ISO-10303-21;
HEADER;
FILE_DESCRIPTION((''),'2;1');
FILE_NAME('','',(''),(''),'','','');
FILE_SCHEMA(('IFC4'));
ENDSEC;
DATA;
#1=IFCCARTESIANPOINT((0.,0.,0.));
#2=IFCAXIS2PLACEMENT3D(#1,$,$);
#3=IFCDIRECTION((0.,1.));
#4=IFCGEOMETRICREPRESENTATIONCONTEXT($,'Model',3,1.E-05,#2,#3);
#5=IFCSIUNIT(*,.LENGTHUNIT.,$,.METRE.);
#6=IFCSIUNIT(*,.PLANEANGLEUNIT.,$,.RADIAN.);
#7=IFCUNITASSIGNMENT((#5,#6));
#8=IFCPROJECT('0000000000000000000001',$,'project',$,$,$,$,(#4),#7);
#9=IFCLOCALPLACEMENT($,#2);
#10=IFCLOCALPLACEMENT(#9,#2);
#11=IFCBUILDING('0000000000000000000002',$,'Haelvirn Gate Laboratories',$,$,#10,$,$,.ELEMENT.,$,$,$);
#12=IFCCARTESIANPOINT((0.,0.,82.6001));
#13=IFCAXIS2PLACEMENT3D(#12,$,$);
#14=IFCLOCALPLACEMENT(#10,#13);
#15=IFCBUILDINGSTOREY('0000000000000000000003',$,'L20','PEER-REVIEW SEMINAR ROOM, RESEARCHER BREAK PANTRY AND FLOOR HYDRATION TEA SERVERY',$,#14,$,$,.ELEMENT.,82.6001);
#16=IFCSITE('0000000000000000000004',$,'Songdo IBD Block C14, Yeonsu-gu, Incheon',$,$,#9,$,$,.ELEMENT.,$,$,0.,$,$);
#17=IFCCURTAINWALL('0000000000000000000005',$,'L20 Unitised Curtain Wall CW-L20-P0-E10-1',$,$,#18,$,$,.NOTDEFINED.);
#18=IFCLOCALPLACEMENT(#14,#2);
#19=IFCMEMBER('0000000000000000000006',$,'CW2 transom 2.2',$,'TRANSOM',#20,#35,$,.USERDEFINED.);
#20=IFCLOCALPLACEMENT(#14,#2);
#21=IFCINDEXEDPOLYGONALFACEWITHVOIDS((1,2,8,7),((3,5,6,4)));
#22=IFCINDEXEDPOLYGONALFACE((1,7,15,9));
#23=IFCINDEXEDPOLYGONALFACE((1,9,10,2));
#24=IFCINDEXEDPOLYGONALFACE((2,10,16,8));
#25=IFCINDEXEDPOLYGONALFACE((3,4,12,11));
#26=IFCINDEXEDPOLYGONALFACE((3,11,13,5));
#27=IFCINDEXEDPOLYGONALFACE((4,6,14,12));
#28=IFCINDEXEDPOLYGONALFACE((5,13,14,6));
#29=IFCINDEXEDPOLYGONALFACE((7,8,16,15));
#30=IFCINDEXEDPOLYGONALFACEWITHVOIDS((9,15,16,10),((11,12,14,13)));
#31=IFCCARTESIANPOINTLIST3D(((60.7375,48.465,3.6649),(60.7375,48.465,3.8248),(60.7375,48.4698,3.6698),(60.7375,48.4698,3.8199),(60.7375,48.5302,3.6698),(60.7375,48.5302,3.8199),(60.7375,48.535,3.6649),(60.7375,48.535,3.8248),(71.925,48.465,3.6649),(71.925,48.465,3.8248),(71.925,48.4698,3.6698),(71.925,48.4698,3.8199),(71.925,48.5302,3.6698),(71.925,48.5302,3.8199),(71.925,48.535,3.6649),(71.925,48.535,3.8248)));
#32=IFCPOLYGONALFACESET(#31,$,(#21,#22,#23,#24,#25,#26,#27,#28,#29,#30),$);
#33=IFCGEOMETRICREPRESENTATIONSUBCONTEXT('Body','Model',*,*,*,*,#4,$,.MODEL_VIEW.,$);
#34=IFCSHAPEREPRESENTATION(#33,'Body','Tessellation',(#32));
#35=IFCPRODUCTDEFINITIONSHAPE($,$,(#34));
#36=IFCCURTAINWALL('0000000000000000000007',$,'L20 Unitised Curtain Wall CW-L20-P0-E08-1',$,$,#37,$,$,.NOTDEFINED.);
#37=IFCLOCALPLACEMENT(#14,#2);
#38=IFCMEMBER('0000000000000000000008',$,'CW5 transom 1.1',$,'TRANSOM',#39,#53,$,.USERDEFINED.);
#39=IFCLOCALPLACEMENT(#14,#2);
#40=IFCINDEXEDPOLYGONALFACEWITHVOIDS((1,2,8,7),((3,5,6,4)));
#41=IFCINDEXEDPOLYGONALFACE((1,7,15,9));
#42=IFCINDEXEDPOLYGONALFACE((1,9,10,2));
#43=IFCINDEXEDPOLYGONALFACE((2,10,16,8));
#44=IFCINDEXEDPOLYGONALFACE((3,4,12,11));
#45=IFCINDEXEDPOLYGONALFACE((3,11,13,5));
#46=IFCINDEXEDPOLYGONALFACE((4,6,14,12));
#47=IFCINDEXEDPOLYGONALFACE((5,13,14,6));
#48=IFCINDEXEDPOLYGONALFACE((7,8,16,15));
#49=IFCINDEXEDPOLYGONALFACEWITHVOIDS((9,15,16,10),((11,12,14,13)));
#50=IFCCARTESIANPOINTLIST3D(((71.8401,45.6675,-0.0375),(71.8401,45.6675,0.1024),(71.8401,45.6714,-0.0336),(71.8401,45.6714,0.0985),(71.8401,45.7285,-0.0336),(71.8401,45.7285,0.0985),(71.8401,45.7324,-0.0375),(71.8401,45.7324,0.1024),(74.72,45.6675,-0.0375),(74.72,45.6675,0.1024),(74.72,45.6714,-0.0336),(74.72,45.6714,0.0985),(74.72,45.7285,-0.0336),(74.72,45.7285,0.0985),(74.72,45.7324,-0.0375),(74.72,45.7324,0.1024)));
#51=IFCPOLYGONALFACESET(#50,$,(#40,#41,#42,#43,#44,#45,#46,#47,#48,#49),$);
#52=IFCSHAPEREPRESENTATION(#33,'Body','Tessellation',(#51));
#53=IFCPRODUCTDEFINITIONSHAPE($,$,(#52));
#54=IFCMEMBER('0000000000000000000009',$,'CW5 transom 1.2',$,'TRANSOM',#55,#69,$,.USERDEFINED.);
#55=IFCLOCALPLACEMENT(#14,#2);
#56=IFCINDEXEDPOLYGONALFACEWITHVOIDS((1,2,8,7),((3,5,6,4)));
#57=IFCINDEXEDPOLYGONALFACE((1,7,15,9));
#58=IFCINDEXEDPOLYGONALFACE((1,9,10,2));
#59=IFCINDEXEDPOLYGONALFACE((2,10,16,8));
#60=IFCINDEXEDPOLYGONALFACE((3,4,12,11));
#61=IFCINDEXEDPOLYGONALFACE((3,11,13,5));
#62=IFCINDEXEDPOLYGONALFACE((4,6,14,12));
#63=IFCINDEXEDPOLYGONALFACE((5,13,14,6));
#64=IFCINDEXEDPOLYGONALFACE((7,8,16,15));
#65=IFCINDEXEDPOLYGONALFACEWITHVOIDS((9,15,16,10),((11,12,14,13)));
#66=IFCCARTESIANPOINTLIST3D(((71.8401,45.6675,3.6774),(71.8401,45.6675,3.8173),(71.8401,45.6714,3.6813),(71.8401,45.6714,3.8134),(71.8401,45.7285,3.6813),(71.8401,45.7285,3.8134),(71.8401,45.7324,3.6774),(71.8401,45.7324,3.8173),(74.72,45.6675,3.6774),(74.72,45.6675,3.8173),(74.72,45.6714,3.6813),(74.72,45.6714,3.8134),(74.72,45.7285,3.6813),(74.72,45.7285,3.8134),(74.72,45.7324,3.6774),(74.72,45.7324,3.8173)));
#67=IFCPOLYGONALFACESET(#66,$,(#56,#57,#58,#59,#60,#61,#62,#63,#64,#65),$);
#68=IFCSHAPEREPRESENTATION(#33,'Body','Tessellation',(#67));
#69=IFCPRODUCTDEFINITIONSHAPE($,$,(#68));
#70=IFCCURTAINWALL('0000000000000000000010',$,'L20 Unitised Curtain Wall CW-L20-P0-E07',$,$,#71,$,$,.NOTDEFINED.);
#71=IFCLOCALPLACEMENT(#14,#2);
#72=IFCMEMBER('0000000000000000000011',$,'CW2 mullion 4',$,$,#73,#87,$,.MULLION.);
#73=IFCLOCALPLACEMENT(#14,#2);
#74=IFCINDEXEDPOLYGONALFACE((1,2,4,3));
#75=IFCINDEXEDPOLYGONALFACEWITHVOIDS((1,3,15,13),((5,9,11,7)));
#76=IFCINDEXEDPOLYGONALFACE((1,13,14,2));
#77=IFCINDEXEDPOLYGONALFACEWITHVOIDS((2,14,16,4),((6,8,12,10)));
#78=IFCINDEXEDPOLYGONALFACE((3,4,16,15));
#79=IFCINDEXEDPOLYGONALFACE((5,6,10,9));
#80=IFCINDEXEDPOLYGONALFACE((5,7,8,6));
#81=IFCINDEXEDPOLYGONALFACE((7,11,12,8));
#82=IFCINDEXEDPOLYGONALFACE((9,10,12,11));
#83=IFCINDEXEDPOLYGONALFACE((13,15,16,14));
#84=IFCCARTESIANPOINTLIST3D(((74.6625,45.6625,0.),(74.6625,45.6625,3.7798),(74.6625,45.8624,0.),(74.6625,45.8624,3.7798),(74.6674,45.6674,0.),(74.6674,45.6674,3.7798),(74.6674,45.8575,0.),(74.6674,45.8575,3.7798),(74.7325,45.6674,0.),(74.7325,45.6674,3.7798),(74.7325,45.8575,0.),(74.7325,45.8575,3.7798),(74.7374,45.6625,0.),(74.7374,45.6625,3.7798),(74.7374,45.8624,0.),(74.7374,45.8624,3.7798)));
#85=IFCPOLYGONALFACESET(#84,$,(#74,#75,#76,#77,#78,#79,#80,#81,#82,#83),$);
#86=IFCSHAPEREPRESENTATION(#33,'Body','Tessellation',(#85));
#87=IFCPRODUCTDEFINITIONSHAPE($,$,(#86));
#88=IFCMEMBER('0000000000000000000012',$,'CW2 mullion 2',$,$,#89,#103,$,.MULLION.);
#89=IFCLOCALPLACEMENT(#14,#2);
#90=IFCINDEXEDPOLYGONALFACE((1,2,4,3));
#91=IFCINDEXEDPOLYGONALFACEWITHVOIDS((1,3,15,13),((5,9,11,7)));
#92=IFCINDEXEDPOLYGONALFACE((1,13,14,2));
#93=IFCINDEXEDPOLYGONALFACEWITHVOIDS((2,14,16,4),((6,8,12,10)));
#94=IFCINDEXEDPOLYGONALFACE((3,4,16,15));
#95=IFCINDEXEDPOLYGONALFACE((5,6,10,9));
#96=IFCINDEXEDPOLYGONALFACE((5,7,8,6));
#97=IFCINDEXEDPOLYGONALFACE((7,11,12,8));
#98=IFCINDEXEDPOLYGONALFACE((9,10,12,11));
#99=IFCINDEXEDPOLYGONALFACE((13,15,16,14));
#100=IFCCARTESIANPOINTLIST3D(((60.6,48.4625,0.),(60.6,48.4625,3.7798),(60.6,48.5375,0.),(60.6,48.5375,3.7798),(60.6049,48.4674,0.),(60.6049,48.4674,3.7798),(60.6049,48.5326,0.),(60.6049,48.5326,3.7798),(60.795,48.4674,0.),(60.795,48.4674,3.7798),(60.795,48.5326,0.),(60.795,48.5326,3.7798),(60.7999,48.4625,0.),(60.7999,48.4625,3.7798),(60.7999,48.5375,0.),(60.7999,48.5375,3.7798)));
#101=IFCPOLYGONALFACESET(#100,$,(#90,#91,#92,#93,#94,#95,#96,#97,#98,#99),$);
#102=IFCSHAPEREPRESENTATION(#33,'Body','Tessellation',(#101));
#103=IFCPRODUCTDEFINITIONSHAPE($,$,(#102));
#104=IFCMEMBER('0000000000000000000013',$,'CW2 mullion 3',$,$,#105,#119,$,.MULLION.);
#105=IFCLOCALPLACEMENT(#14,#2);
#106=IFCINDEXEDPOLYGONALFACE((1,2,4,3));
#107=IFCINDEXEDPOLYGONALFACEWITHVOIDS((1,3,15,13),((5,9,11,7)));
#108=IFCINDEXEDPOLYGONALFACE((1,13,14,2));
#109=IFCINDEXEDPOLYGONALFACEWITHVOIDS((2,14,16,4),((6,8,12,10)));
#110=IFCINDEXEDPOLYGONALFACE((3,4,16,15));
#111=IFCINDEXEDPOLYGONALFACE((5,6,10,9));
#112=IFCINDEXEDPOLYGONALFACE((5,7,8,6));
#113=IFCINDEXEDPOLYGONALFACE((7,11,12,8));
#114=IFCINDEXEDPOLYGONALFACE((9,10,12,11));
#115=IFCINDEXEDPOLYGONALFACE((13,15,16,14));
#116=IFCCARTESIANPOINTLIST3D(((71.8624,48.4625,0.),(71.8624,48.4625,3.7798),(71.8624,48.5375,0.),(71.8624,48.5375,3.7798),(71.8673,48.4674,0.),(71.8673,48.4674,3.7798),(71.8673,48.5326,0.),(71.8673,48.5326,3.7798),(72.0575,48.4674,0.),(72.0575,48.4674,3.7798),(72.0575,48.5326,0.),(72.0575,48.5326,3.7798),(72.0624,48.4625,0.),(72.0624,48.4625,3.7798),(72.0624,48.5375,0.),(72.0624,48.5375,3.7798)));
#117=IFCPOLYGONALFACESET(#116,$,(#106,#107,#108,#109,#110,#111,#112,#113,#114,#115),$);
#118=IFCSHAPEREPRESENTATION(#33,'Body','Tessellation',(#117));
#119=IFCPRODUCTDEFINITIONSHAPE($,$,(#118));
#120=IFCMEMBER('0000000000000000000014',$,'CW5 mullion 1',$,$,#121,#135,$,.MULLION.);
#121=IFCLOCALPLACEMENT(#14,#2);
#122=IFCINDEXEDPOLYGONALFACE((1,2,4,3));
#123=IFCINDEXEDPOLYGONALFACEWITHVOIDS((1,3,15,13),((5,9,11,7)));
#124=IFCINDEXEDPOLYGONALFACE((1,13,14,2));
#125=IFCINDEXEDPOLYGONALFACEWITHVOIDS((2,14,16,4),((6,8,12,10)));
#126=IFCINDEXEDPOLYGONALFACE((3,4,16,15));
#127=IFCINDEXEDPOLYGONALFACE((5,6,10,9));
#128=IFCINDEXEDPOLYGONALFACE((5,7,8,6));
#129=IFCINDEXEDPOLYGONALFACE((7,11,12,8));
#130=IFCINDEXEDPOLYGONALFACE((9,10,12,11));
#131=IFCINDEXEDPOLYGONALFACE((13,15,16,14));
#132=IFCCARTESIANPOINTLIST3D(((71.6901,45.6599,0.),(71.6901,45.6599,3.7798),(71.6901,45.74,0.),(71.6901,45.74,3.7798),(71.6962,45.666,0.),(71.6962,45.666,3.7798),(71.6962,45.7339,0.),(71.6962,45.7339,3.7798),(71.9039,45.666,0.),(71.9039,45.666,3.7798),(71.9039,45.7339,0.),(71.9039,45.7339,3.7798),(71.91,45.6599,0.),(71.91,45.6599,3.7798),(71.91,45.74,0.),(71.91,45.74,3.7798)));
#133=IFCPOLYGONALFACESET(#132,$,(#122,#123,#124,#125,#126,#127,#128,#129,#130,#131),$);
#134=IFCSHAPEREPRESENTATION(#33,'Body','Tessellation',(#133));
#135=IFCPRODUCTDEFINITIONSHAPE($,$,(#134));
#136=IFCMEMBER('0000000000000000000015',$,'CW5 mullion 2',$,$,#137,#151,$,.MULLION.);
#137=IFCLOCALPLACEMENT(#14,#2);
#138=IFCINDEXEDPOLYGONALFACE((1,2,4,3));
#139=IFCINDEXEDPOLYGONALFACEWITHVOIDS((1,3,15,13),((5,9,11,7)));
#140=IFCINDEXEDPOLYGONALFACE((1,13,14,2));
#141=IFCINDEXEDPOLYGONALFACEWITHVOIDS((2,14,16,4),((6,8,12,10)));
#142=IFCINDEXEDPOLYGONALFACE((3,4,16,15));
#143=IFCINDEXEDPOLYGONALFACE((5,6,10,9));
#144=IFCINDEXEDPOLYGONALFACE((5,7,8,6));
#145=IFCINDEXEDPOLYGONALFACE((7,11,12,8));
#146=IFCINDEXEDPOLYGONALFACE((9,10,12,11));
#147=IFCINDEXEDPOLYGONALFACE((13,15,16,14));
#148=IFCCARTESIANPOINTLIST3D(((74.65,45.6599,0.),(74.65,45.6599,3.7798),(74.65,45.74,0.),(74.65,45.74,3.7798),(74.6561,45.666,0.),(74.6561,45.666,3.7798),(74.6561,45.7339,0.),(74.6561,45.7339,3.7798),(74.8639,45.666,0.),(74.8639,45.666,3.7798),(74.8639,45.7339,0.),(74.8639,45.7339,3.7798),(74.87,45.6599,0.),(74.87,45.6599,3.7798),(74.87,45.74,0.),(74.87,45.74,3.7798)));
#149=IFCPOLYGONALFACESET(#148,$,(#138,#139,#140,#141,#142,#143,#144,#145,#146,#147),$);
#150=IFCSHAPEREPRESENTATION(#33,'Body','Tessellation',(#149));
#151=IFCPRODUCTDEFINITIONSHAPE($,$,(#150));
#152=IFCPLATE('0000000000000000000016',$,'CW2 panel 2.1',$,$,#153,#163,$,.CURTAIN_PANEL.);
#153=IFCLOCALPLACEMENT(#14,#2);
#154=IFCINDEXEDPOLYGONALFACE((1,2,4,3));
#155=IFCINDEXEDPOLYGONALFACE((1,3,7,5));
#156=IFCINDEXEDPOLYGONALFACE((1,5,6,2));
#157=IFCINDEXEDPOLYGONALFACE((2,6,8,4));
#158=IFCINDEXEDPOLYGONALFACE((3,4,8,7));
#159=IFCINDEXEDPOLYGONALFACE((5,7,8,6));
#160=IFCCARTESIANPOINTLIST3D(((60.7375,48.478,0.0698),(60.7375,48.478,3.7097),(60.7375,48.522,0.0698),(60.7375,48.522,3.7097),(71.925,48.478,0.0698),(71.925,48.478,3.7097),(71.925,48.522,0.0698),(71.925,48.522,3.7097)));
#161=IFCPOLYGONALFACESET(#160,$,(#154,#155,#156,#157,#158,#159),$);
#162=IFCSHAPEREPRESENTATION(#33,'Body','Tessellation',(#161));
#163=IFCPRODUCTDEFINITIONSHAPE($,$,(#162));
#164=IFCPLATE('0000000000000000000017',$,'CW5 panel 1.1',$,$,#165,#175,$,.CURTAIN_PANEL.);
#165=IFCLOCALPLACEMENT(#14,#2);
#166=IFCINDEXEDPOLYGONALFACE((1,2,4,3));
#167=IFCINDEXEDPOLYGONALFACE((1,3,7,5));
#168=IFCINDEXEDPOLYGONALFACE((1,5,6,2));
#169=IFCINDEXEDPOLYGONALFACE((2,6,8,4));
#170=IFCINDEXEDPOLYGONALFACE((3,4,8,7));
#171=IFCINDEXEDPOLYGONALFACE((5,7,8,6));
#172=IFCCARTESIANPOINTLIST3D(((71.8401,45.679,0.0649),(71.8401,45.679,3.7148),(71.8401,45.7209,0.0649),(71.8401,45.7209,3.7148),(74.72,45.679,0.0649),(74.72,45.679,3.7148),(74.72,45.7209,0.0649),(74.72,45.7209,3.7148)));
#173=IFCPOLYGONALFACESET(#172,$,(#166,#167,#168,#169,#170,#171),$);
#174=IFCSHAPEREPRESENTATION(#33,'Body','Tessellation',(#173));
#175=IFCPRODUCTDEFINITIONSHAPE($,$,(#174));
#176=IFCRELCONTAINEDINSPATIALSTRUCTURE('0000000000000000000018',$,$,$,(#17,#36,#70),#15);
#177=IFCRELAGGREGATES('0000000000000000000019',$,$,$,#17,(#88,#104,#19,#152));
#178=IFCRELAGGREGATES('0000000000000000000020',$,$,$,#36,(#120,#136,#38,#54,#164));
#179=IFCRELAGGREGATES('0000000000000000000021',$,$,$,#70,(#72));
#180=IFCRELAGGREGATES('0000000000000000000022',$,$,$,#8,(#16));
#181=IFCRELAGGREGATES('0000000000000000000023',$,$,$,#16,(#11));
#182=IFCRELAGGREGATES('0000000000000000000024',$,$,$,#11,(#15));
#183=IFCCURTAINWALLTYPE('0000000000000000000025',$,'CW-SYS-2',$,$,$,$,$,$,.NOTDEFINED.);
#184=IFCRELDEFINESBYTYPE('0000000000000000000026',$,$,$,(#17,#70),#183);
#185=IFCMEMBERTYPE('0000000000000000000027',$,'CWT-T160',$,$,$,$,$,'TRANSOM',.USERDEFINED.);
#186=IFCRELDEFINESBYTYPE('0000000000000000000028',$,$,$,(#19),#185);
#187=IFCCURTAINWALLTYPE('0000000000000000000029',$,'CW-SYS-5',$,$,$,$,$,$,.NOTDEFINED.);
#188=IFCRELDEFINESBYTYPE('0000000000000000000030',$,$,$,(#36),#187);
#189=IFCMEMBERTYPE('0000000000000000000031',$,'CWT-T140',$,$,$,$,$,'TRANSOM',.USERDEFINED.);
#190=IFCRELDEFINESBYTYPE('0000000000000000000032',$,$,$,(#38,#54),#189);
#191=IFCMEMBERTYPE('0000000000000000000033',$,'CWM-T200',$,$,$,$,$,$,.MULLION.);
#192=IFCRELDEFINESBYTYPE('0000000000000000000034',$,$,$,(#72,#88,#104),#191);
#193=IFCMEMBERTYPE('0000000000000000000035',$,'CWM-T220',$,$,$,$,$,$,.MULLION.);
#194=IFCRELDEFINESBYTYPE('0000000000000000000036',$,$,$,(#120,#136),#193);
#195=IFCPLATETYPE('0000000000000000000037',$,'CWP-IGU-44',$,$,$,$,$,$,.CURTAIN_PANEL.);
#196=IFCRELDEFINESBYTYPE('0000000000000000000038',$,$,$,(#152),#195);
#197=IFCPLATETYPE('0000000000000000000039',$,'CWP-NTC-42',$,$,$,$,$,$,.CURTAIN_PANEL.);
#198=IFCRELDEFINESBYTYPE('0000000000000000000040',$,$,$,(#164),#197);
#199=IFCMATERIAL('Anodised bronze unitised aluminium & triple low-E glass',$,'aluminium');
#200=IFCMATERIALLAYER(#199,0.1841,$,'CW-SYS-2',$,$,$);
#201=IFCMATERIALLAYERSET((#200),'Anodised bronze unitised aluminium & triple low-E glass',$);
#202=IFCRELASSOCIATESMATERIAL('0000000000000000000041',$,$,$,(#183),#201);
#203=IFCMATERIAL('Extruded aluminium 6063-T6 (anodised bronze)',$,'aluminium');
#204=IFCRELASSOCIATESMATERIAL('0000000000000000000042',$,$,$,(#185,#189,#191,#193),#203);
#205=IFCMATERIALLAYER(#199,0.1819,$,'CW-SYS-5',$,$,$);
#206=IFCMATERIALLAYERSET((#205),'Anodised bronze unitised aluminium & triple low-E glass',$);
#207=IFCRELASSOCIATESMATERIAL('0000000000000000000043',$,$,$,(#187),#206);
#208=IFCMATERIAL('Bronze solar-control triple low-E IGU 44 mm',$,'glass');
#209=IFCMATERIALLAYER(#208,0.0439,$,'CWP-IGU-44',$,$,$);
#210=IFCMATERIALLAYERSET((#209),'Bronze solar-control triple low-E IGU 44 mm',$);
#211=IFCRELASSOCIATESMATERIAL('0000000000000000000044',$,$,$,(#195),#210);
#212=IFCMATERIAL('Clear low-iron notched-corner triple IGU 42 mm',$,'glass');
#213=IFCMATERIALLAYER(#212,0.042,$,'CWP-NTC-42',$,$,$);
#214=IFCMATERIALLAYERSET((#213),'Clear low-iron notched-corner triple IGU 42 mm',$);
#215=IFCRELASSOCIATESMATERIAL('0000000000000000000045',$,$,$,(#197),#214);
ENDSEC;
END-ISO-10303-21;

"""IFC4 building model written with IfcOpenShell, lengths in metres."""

from ifc_helpers import new_model, si_unit, direction, frame, origin, origin_2d, place, context, subcontext, project, spatial, rectangle, hollow_rectangle, extrude, source, transform, mapped, material, layer, layer_set, material_profile, profile_set, type_object, type_shapes, element, aggregate, save


model = new_model("IFC4")

# Units and contexts
model_context = context("Model", 3, precision=1e-05, world=origin(), true_north=direction((0.0, 1.0)))
body_context = subcontext(model_context, "Body", "Model", "MODEL_VIEW")
ifc_project = project(units=[si_unit("LENGTHUNIT", "METRE"), si_unit("PLANEANGLEUNIT", "RADIAN")], contexts=[model_context])

# Site, building, storey
site_placement = place(None, origin())
site = spatial("IfcSite", under=ifc_project, at=site_placement, Name="Songdo IBD Block C14, Yeonsu-gu, Incheon", CompositionType="ELEMENT", RefElevation=0.0)
building_placement = place(site_placement, origin())
building = spatial("IfcBuilding", under=site, at=building_placement, Name="Haelvirn Gate Laboratories", CompositionType="ELEMENT")
storey_placement = place(building_placement, frame((0.0, 0.0, 82.6001)))
storey = spatial("IfcBuildingStorey", under=building, at=storey_placement, Name="L20", Description="PEER-REVIEW SEMINAR ROOM, RESEARCHER BREAK PANTRY AND FLOOR HYDRATION TEA SERVERY", CompositionType="ELEMENT", Elevation=82.6001)

# Curtain walls, members
ifc_material_1 = material(Name="Anodised bronze unitised aluminium & triple low-E glass", Category="aluminium")
ifc_layer_1 = layer(ifc_material_1, 0.1841, Name="CW-SYS-2")
ifc_layer_set_1 = layer_set([ifc_layer_1], Name="Anodised bronze unitised aluminium & triple low-E glass")
curtain_wall_type_1 = type_object("IfcCurtainWallType", Name="CW-SYS-2", PredefinedType="NOTDEFINED", material=ifc_layer_set_1)
curtain_wall_1_placement = place(storey_placement, origin())
curtain_wall_1 = element("IfcCurtainWall", 1, at=curtain_wall_1_placement, inside=storey, type_object=curtain_wall_type_1, Name="L20 Unitised Curtain Wall CW-L20-P0-E10-1", PredefinedType="NOTDEFINED")
ifc_material_2 = material(Name="Extruded aluminium 6063-T6 (anodised bronze)", Category="aluminium")
ifc_material_profile_1 = material_profile(ifc_material_2, hollow_rectangle(XDim=0.0701, YDim=0.1599, WallThickness=0.0049, at=origin_2d()), Name="CWT-160x70x5")
ifc_profile_set_1 = profile_set([ifc_material_profile_1], Name="Extruded aluminium 6063-T6 (anodised bronze)")
member_type_1 = type_object("IfcMemberType", Name="CWT-T160", ElementType="TRANSOM", PredefinedType="USERDEFINED", material=ifc_profile_set_1)
shared_shape_1 = source(origin(), body_context, "Body", "SweptSolid", [
    extrude(hollow_rectangle(XDim=0.0701, YDim=0.1599, WallThickness=0.0049, at=origin_2d()), origin(), (0.0, 0.0, 1.0), 11.1875),
])
type_shapes(member_type_1, [shared_shape_1])
member_1_placement = place(storey_placement, frame((60.7375, 48.5, 3.7449), z_axis=(1.0, 0.0, 0.0), x_axis=(0.0, 1.0, 0.0)))
member_1 = element("IfcMember", 2, at=member_1_placement, type_object=member_type_1, Name="CW2 transom 2.2", ObjectType="TRANSOM", PredefinedType="USERDEFINED", context=body_context, shape_type="MappedRepresentation", body=[
    mapped(shared_shape_1, transform((0.0, 0.0, 0.0), scale=1.0)),
])
ifc_layer_2 = layer(ifc_material_1, 0.1819, Name="CW-SYS-5")
ifc_layer_set_2 = layer_set([ifc_layer_2], Name="Anodised bronze unitised aluminium & triple low-E glass")
curtain_wall_type_2 = type_object("IfcCurtainWallType", Name="CW-SYS-5", PredefinedType="NOTDEFINED", material=ifc_layer_set_2)
curtain_wall_2_placement = place(storey_placement, origin())
curtain_wall_2 = element("IfcCurtainWall", 3, at=curtain_wall_2_placement, inside=storey, type_object=curtain_wall_type_2, Name="L20 Unitised Curtain Wall CW-L20-P0-E08-1", PredefinedType="NOTDEFINED")
ifc_material_profile_2 = material_profile(ifc_material_2, hollow_rectangle(XDim=0.0649, YDim=0.1399, WallThickness=0.0039, at=origin_2d()), Name="CWT-140x65x4")
ifc_profile_set_2 = profile_set([ifc_material_profile_2], Name="Extruded aluminium 6063-T6 (anodised bronze)")
member_type_2 = type_object("IfcMemberType", Name="CWT-T140", ElementType="TRANSOM", PredefinedType="USERDEFINED", material=ifc_profile_set_2)
shared_shape_2 = source(origin(), body_context, "Body", "SweptSolid", [
    extrude(hollow_rectangle(XDim=0.0649, YDim=0.1399, WallThickness=0.0039, at=origin_2d()), origin(), (0.0, 0.0, 1.0), 2.8799),
])
type_shapes(member_type_2, [shared_shape_2])
member_2_placement = place(storey_placement, frame((71.8401, 45.7, 0.0325), z_axis=(1.0, 0.0, 0.0), x_axis=(0.0, 1.0, 0.0)))
member_2 = element("IfcMember", 4, at=member_2_placement, type_object=member_type_2, Name="CW5 transom 1.1", ObjectType="TRANSOM", PredefinedType="USERDEFINED", context=body_context, shape_type="MappedRepresentation", body=[
    mapped(shared_shape_2, transform((0.0, 0.0, 0.0), scale=1.0)),
])
member_3_placement = place(storey_placement, frame((71.8401, 45.7, 3.7473), z_axis=(1.0, 0.0, 0.0), x_axis=(0.0, 1.0, 0.0)))
member_3 = element("IfcMember", 5, at=member_3_placement, type_object=member_type_2, Name="CW5 transom 1.2", ObjectType="TRANSOM", PredefinedType="USERDEFINED", context=body_context, shape_type="MappedRepresentation", body=[
    mapped(shared_shape_2, transform((0.0, 0.0, 0.0), scale=1.0)),
])

# Curtain wall, member
curtain_wall_3_placement = place(storey_placement, origin())
curtain_wall_3 = element("IfcCurtainWall", 6, at=curtain_wall_3_placement, inside=storey, type_object=curtain_wall_type_1, Name="L20 Unitised Curtain Wall CW-L20-P0-E07", PredefinedType="NOTDEFINED")
ifc_material_profile_3 = material_profile(ifc_material_2, hollow_rectangle(XDim=0.075, YDim=0.2, WallThickness=0.0049, at=origin_2d()), Name="CWM-200x75x5")
ifc_profile_set_3 = profile_set([ifc_material_profile_3], Name="Extruded aluminium 6063-T6 (anodised bronze)")
member_type_3 = type_object("IfcMemberType", Name="CWM-T200", PredefinedType="MULLION", material=ifc_profile_set_3)
shared_shape_3 = source(origin(), body_context, "Body", "SweptSolid", [
    extrude(hollow_rectangle(XDim=0.075, YDim=0.2, WallThickness=0.0049, at=origin_2d()), origin(), (0.0, 0.0, 1.0), 3.7798),
])
type_shapes(member_type_3, [shared_shape_3])
member_4_placement = place(storey_placement, frame((74.7, 45.7625, 0.0), z_axis=(0.0, 0.0, 1.0), x_axis=(-1.0, 0.0, 0.0)))
member_4 = element("IfcMember", 7, at=member_4_placement, type_object=member_type_3, Name="CW2 mullion 4", PredefinedType="MULLION", context=body_context, shape_type="MappedRepresentation", body=[
    mapped(shared_shape_3, transform((0.0, 0.0, 0.0), scale=1.0)),
])

# Members
member_5_placement = place(storey_placement, frame((60.7, 48.5, 0.0), z_axis=(0.0, 0.0, 1.0), x_axis=(0.0, 1.0, 0.0)))
member_5 = element("IfcMember", 8, at=member_5_placement, type_object=member_type_3, Name="CW2 mullion 2", PredefinedType="MULLION", context=body_context, shape_type="MappedRepresentation", body=[
    mapped(shared_shape_3, transform((0.0, 0.0, 0.0), scale=1.0)),
])
member_6_placement = place(storey_placement, frame((71.9624, 48.5, 0.0), z_axis=(0.0, 0.0, 1.0), x_axis=(0.0, 1.0, 0.0)))
member_6 = element("IfcMember", 9, at=member_6_placement, type_object=member_type_3, Name="CW2 mullion 3", PredefinedType="MULLION", context=body_context, shape_type="MappedRepresentation", body=[
    mapped(shared_shape_3, transform((0.0, 0.0, 0.0), scale=1.0)),
])
ifc_material_profile_4 = material_profile(ifc_material_2, hollow_rectangle(XDim=0.0801, YDim=0.22, WallThickness=0.0061, at=origin_2d()), Name="CWM-220x80x6")
ifc_profile_set_4 = profile_set([ifc_material_profile_4], Name="Extruded aluminium 6063-T6 (anodised bronze)")
member_type_4 = type_object("IfcMemberType", Name="CWM-T220", PredefinedType="MULLION", material=ifc_profile_set_4)
shared_shape_4 = source(origin(), body_context, "Body", "SweptSolid", [
    extrude(hollow_rectangle(XDim=0.0801, YDim=0.22, WallThickness=0.0061, at=origin_2d()), origin(), (0.0, 0.0, 1.0), 3.7798),
])
type_shapes(member_type_4, [shared_shape_4])
member_7_placement = place(storey_placement, frame((71.8, 45.7, 0.0), z_axis=(0.0, 0.0, 1.0), x_axis=(0.0, 1.0, 0.0)))
member_7 = element("IfcMember", 10, at=member_7_placement, type_object=member_type_4, Name="CW5 mullion 1", PredefinedType="MULLION", context=body_context, shape_type="MappedRepresentation", body=[
    mapped(shared_shape_4, transform((0.0, 0.0, 0.0), scale=1.0)),
])
member_8_placement = place(storey_placement, frame((74.76, 45.7, 0.0), z_axis=(0.0, 0.0, 1.0), x_axis=(0.0, 1.0, 0.0)))
member_8 = element("IfcMember", 11, at=member_8_placement, type_object=member_type_4, Name="CW5 mullion 2", PredefinedType="MULLION", context=body_context, shape_type="MappedRepresentation", body=[
    mapped(shared_shape_4, transform((0.0, 0.0, 0.0), scale=1.0)),
])

# Plates
ifc_material_3 = material(Name="Bronze solar-control triple low-E IGU 44 mm", Category="glass")
ifc_layer_3 = layer(ifc_material_3, 0.0439, Name="CWP-IGU-44")
ifc_layer_set_3 = layer_set([ifc_layer_3], Name="Bronze solar-control triple low-E IGU 44 mm")
plate_type_1 = type_object("IfcPlateType", Name="CWP-IGU-44", PredefinedType="CURTAIN_PANEL", material=ifc_layer_set_3)
shared_shape_5 = source(origin(), body_context, "Body", "SweptSolid", [
    extrude(rectangle(XDim=11.1875, YDim=0.0439, at=origin_2d()), origin(), (0.0, 0.0, 1.0), 3.6399),
])
plate_1_placement = place(storey_placement, frame((66.3313, 48.5, 0.0698), z_axis=(0.0, 0.0, 1.0), x_axis=(1.0, 0.0, 0.0)))
plate_1 = element("IfcPlate", 12, at=plate_1_placement, type_object=plate_type_1, Name="CW2 panel 2.1", PredefinedType="CURTAIN_PANEL", context=body_context, shape_type="MappedRepresentation", body=[
    mapped(shared_shape_5, transform((0.0, 0.0, 0.0), scale=1.0)),
])
aggregate(curtain_wall_1, [member_5, member_6, member_1, plate_1])
ifc_material_4 = material(Name="Clear low-iron notched-corner triple IGU 42 mm", Category="glass")
ifc_layer_4 = layer(ifc_material_4, 0.042, Name="CWP-NTC-42")
ifc_layer_set_4 = layer_set([ifc_layer_4], Name="Clear low-iron notched-corner triple IGU 42 mm")
plate_type_2 = type_object("IfcPlateType", Name="CWP-NTC-42", PredefinedType="CURTAIN_PANEL", material=ifc_layer_set_4)
shared_shape_6 = source(origin(), body_context, "Body", "SweptSolid", [
    extrude(rectangle(XDim=2.8799, YDim=0.042, at=origin_2d()), origin(), (0.0, 0.0, 1.0), 3.6499),
])
type_shapes(plate_type_2, [shared_shape_6])
plate_2_placement = place(storey_placement, frame((73.28, 45.7, 0.0649), z_axis=(0.0, 0.0, 1.0), x_axis=(1.0, 0.0, 0.0)))
plate_2 = element("IfcPlate", 13, at=plate_2_placement, type_object=plate_type_2, Name="CW5 panel 1.1", PredefinedType="CURTAIN_PANEL", context=body_context, shape_type="MappedRepresentation", body=[
    mapped(shared_shape_6, transform((0.0, 0.0, 0.0), scale=1.0)),
])
aggregate(curtain_wall_2, [member_7, member_8, member_2, member_3, plate_2])
aggregate(curtain_wall_3, [member_4])

save(model, "model.ifc")
